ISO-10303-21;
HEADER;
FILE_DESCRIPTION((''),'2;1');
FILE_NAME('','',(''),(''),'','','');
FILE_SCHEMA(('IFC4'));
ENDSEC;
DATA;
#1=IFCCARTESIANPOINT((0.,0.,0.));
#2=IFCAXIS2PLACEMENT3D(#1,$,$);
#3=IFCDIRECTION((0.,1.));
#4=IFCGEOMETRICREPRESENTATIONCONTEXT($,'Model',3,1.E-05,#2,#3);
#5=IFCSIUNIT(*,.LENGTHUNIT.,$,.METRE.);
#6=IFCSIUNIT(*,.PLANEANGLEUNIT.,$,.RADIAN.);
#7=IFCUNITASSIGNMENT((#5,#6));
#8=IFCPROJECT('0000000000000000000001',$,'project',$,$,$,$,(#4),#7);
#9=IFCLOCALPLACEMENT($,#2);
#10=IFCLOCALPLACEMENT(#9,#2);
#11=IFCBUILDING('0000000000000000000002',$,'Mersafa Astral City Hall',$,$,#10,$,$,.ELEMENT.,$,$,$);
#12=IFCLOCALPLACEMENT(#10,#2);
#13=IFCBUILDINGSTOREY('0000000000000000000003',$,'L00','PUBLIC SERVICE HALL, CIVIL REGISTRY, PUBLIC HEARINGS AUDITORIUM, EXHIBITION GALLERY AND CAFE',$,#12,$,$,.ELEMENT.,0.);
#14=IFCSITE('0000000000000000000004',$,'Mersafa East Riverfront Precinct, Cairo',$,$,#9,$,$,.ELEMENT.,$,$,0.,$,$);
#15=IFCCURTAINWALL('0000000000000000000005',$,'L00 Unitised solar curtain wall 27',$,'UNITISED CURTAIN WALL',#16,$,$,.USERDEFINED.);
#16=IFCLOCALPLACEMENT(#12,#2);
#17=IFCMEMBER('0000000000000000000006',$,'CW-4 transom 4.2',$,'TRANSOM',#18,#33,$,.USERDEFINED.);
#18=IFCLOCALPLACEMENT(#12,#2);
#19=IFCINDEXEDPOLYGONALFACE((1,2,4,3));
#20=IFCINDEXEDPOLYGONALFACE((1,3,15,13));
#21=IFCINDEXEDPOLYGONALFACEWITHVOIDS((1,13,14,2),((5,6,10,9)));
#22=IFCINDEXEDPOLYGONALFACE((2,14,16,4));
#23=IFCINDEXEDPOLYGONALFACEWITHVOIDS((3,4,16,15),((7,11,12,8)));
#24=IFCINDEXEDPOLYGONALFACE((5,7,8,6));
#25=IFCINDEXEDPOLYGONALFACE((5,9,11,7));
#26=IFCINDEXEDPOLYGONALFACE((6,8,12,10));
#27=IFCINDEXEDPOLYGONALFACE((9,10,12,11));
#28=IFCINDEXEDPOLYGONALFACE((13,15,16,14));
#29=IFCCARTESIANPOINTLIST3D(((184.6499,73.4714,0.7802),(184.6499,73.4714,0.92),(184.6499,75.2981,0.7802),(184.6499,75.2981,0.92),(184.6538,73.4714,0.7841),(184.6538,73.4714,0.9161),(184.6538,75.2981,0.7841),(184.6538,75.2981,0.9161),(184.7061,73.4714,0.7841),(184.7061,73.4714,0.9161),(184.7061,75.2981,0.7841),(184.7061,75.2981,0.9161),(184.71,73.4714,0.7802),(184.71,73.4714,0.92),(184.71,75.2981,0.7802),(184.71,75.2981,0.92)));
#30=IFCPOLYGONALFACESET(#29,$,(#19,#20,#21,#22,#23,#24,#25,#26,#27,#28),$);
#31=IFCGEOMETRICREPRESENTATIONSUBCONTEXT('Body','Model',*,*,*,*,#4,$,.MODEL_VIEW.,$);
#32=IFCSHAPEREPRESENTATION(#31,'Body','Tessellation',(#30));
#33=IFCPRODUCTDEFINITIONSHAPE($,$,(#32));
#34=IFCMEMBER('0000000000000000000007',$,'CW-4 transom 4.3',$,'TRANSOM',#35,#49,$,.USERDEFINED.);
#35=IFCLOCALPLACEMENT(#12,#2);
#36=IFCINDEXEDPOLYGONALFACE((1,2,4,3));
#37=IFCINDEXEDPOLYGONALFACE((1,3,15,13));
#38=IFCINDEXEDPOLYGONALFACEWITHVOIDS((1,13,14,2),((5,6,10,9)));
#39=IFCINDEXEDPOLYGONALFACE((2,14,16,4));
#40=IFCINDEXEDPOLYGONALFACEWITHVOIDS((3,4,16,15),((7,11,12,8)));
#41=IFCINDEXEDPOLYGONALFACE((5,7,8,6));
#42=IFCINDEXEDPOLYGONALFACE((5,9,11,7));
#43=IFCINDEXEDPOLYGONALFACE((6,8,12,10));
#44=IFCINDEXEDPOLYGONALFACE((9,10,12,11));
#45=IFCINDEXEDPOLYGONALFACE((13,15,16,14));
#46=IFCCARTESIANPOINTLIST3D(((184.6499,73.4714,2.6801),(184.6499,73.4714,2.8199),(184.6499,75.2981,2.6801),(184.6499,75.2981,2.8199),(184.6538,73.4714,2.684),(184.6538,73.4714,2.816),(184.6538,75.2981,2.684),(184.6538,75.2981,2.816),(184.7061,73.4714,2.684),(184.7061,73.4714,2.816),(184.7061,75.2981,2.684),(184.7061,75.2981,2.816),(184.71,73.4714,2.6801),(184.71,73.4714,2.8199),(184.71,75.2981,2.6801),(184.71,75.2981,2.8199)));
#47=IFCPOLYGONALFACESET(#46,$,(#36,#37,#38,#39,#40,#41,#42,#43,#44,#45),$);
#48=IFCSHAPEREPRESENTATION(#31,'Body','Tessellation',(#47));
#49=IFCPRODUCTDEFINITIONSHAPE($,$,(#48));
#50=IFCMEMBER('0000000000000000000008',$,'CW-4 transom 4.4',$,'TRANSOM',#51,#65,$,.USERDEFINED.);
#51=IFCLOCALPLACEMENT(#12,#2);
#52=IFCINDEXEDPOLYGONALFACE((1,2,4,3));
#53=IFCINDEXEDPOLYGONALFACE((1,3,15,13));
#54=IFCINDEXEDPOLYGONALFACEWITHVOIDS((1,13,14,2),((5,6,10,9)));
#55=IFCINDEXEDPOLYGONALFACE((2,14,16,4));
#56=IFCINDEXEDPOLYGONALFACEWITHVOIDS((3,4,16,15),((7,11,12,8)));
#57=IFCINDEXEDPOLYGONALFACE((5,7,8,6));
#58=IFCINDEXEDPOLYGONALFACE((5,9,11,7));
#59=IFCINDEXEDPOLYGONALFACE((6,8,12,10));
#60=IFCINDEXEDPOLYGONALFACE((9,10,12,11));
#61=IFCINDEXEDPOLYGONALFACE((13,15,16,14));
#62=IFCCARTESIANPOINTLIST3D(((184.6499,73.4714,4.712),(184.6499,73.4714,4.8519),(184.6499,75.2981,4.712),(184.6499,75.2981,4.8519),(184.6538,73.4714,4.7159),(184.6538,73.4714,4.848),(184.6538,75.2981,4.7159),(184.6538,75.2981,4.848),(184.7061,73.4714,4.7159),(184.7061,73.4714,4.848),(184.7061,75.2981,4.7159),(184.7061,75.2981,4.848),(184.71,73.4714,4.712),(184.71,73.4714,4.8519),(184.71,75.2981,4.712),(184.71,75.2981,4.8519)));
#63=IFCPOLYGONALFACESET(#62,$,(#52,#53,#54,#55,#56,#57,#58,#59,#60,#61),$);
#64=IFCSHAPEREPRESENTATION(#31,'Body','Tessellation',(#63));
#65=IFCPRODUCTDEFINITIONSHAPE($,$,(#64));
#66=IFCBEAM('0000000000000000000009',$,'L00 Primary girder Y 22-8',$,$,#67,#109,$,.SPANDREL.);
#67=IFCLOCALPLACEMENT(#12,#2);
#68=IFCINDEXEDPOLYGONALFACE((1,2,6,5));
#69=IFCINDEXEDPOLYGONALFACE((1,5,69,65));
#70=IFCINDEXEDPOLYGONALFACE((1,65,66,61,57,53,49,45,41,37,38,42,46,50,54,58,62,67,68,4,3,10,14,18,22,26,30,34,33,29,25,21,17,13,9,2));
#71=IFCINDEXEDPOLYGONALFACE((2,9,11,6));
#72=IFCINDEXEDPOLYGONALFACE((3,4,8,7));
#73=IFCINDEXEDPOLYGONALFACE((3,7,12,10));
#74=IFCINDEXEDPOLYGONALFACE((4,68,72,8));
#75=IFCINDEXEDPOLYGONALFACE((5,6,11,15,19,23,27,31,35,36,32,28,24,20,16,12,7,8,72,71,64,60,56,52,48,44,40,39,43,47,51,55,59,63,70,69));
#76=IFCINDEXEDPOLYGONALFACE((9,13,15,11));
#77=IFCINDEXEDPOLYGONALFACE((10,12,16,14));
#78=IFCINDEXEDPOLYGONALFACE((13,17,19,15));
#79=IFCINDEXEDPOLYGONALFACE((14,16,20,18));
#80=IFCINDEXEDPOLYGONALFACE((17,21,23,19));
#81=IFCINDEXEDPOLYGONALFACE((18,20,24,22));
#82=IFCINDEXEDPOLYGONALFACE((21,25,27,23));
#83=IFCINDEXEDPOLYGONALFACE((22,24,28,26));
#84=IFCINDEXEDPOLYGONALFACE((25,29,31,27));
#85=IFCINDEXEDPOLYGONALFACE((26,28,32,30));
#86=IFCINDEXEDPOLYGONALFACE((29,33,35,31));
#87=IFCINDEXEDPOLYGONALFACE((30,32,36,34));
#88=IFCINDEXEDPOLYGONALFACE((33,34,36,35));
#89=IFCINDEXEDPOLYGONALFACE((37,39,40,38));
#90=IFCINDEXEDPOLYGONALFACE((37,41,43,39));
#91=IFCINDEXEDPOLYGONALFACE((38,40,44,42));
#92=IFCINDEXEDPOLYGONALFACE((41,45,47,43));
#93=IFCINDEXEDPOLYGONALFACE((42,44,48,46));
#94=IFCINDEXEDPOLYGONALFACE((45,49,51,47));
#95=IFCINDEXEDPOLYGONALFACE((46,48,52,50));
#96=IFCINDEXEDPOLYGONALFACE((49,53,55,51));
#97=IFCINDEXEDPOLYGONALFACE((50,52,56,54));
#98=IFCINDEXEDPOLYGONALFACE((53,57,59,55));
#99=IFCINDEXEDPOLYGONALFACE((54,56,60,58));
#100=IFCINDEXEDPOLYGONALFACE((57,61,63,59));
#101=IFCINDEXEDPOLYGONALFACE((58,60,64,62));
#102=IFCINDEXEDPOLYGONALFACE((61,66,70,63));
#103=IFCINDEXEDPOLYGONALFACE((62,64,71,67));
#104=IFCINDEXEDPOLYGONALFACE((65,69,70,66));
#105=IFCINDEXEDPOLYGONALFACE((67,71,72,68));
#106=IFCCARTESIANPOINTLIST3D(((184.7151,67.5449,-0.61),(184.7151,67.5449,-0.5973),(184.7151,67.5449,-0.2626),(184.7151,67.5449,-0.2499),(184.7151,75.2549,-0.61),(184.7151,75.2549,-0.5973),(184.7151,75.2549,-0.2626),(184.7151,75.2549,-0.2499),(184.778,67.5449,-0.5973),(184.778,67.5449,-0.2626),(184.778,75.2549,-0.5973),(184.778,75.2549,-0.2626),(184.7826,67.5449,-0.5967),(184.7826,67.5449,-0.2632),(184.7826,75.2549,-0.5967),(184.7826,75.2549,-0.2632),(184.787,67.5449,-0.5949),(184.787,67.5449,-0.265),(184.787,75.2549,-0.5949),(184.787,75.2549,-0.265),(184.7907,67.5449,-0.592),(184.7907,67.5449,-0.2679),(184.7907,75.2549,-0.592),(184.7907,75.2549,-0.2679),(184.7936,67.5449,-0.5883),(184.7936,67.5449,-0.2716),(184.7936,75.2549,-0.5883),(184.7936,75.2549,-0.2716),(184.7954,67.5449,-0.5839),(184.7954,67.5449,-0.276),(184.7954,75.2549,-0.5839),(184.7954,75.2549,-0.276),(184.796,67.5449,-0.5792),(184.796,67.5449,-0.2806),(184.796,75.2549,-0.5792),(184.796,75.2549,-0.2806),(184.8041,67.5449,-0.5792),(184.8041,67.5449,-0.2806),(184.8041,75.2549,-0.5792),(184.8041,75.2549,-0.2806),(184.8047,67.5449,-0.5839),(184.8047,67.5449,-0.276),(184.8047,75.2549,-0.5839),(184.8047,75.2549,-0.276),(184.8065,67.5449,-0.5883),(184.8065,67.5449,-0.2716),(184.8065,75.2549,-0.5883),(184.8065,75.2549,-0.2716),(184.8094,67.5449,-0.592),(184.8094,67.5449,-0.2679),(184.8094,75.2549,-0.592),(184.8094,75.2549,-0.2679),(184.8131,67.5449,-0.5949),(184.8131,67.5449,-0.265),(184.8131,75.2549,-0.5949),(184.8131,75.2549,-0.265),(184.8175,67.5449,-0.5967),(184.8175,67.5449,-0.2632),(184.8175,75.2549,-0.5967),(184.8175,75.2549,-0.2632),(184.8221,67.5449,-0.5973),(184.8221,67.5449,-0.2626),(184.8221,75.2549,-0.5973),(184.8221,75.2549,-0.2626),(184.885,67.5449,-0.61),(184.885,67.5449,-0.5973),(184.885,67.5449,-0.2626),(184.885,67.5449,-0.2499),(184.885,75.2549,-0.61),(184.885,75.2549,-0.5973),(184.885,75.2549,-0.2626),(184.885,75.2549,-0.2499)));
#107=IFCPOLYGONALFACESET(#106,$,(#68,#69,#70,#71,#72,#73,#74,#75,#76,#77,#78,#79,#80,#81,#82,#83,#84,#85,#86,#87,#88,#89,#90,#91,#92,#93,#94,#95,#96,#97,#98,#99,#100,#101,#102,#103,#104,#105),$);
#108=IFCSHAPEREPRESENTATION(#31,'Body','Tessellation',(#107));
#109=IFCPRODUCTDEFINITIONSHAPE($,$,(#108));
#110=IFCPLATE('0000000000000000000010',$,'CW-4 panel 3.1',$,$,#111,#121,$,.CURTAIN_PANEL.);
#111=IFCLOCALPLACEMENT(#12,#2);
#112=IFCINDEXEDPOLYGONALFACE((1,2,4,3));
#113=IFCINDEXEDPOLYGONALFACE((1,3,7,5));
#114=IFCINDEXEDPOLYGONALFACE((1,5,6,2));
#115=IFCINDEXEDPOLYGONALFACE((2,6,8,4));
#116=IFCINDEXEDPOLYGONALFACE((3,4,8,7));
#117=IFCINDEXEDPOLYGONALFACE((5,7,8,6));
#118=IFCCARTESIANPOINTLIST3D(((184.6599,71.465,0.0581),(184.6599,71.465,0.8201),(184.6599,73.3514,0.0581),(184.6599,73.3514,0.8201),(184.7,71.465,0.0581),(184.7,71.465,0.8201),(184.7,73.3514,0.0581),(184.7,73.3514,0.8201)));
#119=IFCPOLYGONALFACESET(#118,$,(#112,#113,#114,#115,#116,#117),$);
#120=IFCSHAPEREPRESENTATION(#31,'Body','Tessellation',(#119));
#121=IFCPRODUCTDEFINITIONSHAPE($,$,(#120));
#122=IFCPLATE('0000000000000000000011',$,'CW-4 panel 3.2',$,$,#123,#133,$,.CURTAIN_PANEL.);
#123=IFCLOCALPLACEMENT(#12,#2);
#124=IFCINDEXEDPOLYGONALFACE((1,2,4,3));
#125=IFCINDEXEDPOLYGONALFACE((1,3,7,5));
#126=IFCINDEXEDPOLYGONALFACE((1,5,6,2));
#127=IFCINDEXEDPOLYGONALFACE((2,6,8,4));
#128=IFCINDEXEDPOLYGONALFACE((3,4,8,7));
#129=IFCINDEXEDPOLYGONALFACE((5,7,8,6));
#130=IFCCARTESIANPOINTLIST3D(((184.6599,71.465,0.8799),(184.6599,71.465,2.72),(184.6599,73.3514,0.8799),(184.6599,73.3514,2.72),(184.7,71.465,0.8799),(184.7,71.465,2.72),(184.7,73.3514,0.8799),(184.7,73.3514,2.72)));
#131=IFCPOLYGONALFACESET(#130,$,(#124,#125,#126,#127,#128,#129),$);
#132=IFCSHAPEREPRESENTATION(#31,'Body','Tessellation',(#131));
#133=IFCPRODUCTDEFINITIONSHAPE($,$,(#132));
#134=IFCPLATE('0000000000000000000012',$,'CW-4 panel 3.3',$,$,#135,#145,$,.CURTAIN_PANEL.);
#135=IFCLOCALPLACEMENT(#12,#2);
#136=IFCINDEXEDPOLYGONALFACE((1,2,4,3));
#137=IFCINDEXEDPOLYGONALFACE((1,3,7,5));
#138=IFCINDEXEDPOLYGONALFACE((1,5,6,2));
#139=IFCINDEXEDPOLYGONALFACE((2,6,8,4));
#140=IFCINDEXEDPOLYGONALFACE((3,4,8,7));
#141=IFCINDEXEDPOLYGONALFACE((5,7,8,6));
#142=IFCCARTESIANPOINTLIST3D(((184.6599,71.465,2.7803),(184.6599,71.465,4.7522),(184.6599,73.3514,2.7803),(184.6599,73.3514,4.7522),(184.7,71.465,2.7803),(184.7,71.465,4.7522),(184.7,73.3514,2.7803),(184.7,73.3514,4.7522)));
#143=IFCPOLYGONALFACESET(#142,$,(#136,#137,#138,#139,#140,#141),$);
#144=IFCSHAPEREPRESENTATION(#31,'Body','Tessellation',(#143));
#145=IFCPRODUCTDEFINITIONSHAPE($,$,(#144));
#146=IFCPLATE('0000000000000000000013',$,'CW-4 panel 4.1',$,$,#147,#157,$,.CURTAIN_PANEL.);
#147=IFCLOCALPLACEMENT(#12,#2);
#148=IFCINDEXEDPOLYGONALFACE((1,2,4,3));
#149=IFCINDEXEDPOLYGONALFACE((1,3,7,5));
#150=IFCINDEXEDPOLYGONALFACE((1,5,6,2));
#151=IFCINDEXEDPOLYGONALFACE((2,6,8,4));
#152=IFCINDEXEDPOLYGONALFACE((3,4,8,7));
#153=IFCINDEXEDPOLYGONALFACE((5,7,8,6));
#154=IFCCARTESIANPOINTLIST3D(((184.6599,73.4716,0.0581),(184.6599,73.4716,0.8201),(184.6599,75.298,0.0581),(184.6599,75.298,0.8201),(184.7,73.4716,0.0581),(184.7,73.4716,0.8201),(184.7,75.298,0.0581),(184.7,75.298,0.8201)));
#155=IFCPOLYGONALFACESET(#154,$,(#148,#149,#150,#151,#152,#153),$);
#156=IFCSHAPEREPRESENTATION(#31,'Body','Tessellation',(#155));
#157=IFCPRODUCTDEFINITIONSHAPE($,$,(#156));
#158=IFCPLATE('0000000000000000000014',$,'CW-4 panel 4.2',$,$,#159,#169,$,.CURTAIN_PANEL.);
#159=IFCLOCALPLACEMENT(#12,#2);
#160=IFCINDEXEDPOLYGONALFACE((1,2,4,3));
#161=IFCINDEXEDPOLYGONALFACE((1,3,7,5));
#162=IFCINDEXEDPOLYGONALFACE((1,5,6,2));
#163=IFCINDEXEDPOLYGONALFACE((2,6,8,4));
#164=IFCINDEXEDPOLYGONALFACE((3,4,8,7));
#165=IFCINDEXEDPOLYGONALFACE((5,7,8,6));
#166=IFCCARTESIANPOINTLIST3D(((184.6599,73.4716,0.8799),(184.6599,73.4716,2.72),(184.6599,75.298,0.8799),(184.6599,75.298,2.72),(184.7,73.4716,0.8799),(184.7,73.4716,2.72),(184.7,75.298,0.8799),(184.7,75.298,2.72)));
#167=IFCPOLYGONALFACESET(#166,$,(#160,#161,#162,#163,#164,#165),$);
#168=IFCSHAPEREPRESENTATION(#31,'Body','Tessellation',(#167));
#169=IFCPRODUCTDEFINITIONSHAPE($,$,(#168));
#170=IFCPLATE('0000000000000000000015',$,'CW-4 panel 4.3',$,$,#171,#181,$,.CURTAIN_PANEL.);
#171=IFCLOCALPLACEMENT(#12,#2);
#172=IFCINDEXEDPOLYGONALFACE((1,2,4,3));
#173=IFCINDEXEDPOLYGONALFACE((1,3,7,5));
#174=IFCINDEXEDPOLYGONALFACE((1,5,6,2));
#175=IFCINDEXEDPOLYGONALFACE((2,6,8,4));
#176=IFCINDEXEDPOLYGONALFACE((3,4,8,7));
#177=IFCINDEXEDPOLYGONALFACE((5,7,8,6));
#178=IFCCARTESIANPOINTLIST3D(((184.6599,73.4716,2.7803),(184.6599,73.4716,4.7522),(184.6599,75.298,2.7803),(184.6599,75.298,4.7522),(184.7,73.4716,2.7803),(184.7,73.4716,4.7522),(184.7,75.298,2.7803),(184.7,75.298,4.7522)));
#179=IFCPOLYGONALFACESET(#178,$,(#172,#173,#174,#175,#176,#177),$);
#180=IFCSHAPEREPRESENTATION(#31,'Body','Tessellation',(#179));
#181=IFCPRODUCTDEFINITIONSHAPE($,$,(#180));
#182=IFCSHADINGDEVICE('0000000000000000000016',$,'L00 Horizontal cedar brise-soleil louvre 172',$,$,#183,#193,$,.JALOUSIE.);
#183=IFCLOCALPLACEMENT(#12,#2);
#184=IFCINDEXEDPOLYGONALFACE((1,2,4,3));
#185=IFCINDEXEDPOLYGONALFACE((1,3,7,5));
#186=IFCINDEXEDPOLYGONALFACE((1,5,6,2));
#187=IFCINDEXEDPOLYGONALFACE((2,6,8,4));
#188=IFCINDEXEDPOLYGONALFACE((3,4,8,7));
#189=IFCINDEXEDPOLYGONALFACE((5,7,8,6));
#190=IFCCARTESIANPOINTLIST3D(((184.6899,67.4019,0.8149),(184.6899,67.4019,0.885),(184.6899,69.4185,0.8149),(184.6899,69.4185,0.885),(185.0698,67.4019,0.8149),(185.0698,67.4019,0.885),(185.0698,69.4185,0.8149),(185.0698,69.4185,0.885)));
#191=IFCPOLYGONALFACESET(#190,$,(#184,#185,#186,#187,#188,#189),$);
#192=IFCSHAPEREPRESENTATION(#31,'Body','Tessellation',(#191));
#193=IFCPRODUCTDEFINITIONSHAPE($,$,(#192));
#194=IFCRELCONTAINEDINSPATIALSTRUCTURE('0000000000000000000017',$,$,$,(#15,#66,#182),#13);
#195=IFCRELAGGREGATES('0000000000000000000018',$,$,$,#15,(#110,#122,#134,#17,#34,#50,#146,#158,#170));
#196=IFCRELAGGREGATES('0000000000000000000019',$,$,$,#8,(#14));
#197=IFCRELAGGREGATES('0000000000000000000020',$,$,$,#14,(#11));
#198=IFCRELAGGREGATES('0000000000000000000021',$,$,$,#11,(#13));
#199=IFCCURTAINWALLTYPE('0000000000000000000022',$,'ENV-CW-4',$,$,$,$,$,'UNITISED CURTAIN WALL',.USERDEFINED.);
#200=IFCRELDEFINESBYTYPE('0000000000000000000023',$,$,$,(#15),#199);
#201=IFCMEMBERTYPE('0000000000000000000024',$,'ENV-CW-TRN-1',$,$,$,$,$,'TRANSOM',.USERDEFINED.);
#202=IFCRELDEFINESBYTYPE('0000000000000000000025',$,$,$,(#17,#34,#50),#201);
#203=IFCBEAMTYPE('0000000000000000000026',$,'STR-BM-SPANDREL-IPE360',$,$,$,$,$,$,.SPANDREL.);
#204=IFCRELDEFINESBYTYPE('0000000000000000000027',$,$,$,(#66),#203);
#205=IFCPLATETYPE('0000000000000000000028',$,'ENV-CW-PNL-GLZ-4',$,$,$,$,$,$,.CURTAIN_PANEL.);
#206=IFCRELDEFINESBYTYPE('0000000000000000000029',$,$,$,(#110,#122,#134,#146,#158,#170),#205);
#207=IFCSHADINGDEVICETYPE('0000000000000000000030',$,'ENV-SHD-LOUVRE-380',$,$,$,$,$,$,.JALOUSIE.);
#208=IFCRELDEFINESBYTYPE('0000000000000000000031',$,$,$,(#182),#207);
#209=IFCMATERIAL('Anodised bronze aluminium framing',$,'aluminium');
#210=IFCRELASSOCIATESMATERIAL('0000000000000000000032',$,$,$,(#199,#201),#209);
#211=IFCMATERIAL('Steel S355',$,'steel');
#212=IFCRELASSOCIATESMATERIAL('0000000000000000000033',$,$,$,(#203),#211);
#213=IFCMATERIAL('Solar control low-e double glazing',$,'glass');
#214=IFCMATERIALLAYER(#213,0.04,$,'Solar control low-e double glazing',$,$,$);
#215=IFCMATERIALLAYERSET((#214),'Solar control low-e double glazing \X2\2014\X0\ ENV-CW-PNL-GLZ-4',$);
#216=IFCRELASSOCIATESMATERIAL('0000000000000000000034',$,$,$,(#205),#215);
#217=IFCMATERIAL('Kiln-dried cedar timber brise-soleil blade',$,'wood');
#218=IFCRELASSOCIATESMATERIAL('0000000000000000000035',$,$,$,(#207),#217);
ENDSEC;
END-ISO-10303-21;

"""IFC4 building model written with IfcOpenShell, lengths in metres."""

from ifc_helpers import new_model, si_unit, direction, frame, origin, origin_2d, place, context, subcontext, project, spatial, rectangle, hollow_rectangle, i_section, extrude, material, layer, layer_set, material_profile, profile_set, type_object, element, aggregate, save


model = new_model("IFC4")

# Units and contexts
model_context = context("Model", 3, precision=1e-05, world=origin(), true_north=direction((0.0, 1.0)))
body_context = subcontext(model_context, "Body", "Model", "MODEL_VIEW")
ifc_project = project(units=[si_unit("LENGTHUNIT", "METRE"), si_unit("PLANEANGLEUNIT", "RADIAN")], contexts=[model_context])

# Site, building, storey
site_placement = place(None, origin())
site = spatial("IfcSite", under=ifc_project, at=site_placement, Name="Mersafa East Riverfront Precinct, Cairo", CompositionType="ELEMENT", RefElevation=0.0)
building_placement = place(site_placement, origin())
building = spatial("IfcBuilding", under=site, at=building_placement, Name="Mersafa Astral City Hall", CompositionType="ELEMENT")
storey_placement = place(building_placement, origin())
storey = spatial("IfcBuildingStorey", under=building, at=storey_placement, Name="L00", Description="PUBLIC SERVICE HALL, CIVIL REGISTRY, PUBLIC HEARINGS AUDITORIUM, EXHIBITION GALLERY AND CAFE", CompositionType="ELEMENT", Elevation=0.0)

# Shared definitions
ifc_material_1 = material(Name="Steel S355", Category="steel")

# Curtain wall, members
ifc_material_2 = material(Name="Anodised bronze aluminium framing", Category="aluminium")
curtain_wall_type = type_object("IfcCurtainWallType", Name="ENV-CW-4", ElementType="UNITISED CURTAIN WALL", PredefinedType="USERDEFINED", material=ifc_material_2)
curtain_wall_placement = place(storey_placement, origin())
curtain_wall = element("IfcCurtainWall", 1, at=curtain_wall_placement, inside=storey, type_object=curtain_wall_type, Name="L00 Unitised solar curtain wall 27", ObjectType="UNITISED CURTAIN WALL", PredefinedType="USERDEFINED")
ifc_material_profile_1 = material_profile(ifc_material_2, hollow_rectangle(XDim=0.0601, YDim=0.1399, WallThickness=0.0039, at=origin_2d()), Name="RHS 60x140x4")
ifc_profile_set_1 = profile_set([ifc_material_profile_1], Name="Anodised bronze aluminium framing")
member_type_1 = type_object("IfcMemberType", Name="ENV-CW-TRN-1", ElementType="TRANSOM", PredefinedType="USERDEFINED", material=ifc_profile_set_1)
member_1_placement = place(storey_placement, frame((184.6799, 73.4714, 0.8501), z_axis=(0.0, 1.0, 0.0), x_axis=(-1.0, 0.0, 0.0)))
member_1 = element("IfcMember", 2, at=member_1_placement, type_object=member_type_1, Name="CW-4 transom 4.2", ObjectType="TRANSOM", PredefinedType="USERDEFINED", context=body_context, shape_type="SweptSolid", body=[
    extrude(hollow_rectangle(XDim=0.0601, YDim=0.1399, WallThickness=0.0039, at=origin_2d()), origin(), (0.0, 0.0, 1.0), 1.8267),
])
member_2_placement = place(storey_placement, frame((184.6799, 73.4714, 2.75), z_axis=(0.0, 1.0, 0.0), x_axis=(-1.0, 0.0, 0.0)))
member_2 = element("IfcMember", 3, at=member_2_placement, type_object=member_type_1, Name="CW-4 transom 4.3", ObjectType="TRANSOM", PredefinedType="USERDEFINED", context=body_context, shape_type="SweptSolid", body=[
    extrude(hollow_rectangle(XDim=0.0601, YDim=0.1399, WallThickness=0.0039, at=origin_2d()), origin(), (0.0, 0.0, 1.0), 1.8267),
])
member_3_placement = place(storey_placement, frame((184.6799, 73.4714, 4.782), z_axis=(0.0, 1.0, 0.0), x_axis=(-1.0, 0.0, 0.0)))
member_3 = element("IfcMember", 4, at=member_3_placement, type_object=member_type_1, Name="CW-4 transom 4.4", ObjectType="TRANSOM", PredefinedType="USERDEFINED", context=body_context, shape_type="SweptSolid", body=[
    extrude(hollow_rectangle(XDim=0.0601, YDim=0.1399, WallThickness=0.0039, at=origin_2d()), origin(), (0.0, 0.0, 1.0), 1.8267),
])

# Beam
ifc_material_profile_2 = material_profile(ifc_material_1, i_section(OverallWidth=0.1699, OverallDepth=0.3601, WebThickness=0.0081, FlangeThickness=0.0127, FilletRadius=0.0181, at=origin_2d()), Name="IPE 360")
ifc_profile_set_2 = profile_set([ifc_material_profile_2], Name="Steel S355")
beam_type = type_object("IfcBeamType", Name="STR-BM-SPANDREL-IPE360", PredefinedType="SPANDREL", material=ifc_profile_set_2)
beam_placement = place(storey_placement, frame((184.8, 67.5449, -0.4299), z_axis=(0.0, 1.0, 0.0), x_axis=(-1.0, 0.0, 0.0)))
element("IfcBeam", 5, at=beam_placement, inside=storey, type_object=beam_type, Name="L00 Primary girder Y 22-8", PredefinedType="SPANDREL", context=body_context, shape_type="SweptSolid", body=[
    extrude(i_section(OverallWidth=0.1699, OverallDepth=0.3601, WebThickness=0.0081, FlangeThickness=0.0127, FilletRadius=0.0181, at=origin_2d()), origin(), (0.0, 0.0, 1.0), 7.71),
])

# Plates
ifc_material_3 = material(Name="Solar control low-e double glazing", Category="glass")
ifc_layer = layer(ifc_material_3, 0.04, Name="Solar control low-e double glazing")
ifc_layer_set = layer_set([ifc_layer], Name="Solar control low-e double glazing — ENV-CW-PNL-GLZ-4")
plate_type = type_object("IfcPlateType", Name="ENV-CW-PNL-GLZ-4", PredefinedType="CURTAIN_PANEL", material=ifc_layer_set)
plate_1_placement = place(storey_placement, frame((184.6799, 72.4082, 0.0581), z_axis=(0.0, 0.0, 1.0), x_axis=(0.0, 1.0, 0.0)))
plate_1 = element("IfcPlate", 6, at=plate_1_placement, type_object=plate_type, Name="CW-4 panel 3.1", PredefinedType="CURTAIN_PANEL", context=body_context, shape_type="SweptSolid", body=[
    extrude(rectangle(XDim=1.8865, YDim=0.04, at=origin_2d()), origin(), (0.0, 0.0, 1.0), 0.762),
])
plate_2_placement = place(storey_placement, frame((184.6799, 72.4082, 0.8799), z_axis=(0.0, 0.0, 1.0), x_axis=(0.0, 1.0, 0.0)))
plate_2 = element("IfcPlate", 7, at=plate_2_placement, type_object=plate_type, Name="CW-4 panel 3.2", PredefinedType="CURTAIN_PANEL", context=body_context, shape_type="SweptSolid", body=[
    extrude(rectangle(XDim=1.8865, YDim=0.04, at=origin_2d()), origin(), (0.0, 0.0, 1.0), 1.8401),
])
plate_3_placement = place(storey_placement, frame((184.6799, 72.4082, 2.7803), z_axis=(0.0, 0.0, 1.0), x_axis=(0.0, 1.0, 0.0)))
plate_3 = element("IfcPlate", 8, at=plate_3_placement, type_object=plate_type, Name="CW-4 panel 3.3", PredefinedType="CURTAIN_PANEL", context=body_context, shape_type="SweptSolid", body=[
    extrude(rectangle(XDim=1.8865, YDim=0.04, at=origin_2d()), origin(), (0.0, 0.0, 1.0), 1.9719),
])
plate_4_placement = place(storey_placement, frame((184.6799, 74.3848, 0.0581), z_axis=(0.0, 0.0, 1.0), x_axis=(0.0, 1.0, 0.0)))
plate_4 = element("IfcPlate", 9, at=plate_4_placement, type_object=plate_type, Name="CW-4 panel 4.1", PredefinedType="CURTAIN_PANEL", context=body_context, shape_type="SweptSolid", body=[
    extrude(rectangle(XDim=1.8264, YDim=0.04, at=origin_2d()), origin(), (0.0, 0.0, 1.0), 0.762),
])
plate_5_placement = place(storey_placement, frame((184.6799, 74.3848, 0.8799), z_axis=(0.0, 0.0, 1.0), x_axis=(0.0, 1.0, 0.0)))
plate_5 = element("IfcPlate", 10, at=plate_5_placement, type_object=plate_type, Name="CW-4 panel 4.2", PredefinedType="CURTAIN_PANEL", context=body_context, shape_type="SweptSolid", body=[
    extrude(rectangle(XDim=1.8264, YDim=0.04, at=origin_2d()), origin(), (0.0, 0.0, 1.0), 1.8401),
])
plate_6_placement = place(storey_placement, frame((184.6799, 74.3848, 2.7803), z_axis=(0.0, 0.0, 1.0), x_axis=(0.0, 1.0, 0.0)))
plate_6 = element("IfcPlate", 11, at=plate_6_placement, type_object=plate_type, Name="CW-4 panel 4.3", PredefinedType="CURTAIN_PANEL", context=body_context, shape_type="SweptSolid", body=[
    extrude(rectangle(XDim=1.8264, YDim=0.04, at=origin_2d()), origin(), (0.0, 0.0, 1.0), 1.9719),
])
aggregate(curtain_wall, [plate_1, plate_2, plate_3, member_1, member_2, member_3, plate_4, plate_5, plate_6])

# Shading device
ifc_material_4 = material(Name="Kiln-dried cedar timber brise-soleil blade", Category="wood")
shading_device_type = type_object("IfcShadingDeviceType", Name="ENV-SHD-LOUVRE-380", PredefinedType="JALOUSIE", material=ifc_material_4)
shading_device_1_placement = place(storey_placement, frame((184.8799, 68.4102, 0.8149), z_axis=(0.0, 0.0, 1.0), x_axis=(0.0, 1.0, 0.0)))
element("IfcShadingDevice", 12, at=shading_device_1_placement, inside=storey, type_object=shading_device_type, Name="L00 Horizontal cedar brise-soleil louvre 172", PredefinedType="JALOUSIE", context=body_context, shape_type="SweptSolid", body=[
    extrude(rectangle(XDim=2.0166, YDim=0.3799, at=origin_2d()), origin(), (0.0, 0.0, 1.0), 0.0701),
])

save(model, "model.ifc")
